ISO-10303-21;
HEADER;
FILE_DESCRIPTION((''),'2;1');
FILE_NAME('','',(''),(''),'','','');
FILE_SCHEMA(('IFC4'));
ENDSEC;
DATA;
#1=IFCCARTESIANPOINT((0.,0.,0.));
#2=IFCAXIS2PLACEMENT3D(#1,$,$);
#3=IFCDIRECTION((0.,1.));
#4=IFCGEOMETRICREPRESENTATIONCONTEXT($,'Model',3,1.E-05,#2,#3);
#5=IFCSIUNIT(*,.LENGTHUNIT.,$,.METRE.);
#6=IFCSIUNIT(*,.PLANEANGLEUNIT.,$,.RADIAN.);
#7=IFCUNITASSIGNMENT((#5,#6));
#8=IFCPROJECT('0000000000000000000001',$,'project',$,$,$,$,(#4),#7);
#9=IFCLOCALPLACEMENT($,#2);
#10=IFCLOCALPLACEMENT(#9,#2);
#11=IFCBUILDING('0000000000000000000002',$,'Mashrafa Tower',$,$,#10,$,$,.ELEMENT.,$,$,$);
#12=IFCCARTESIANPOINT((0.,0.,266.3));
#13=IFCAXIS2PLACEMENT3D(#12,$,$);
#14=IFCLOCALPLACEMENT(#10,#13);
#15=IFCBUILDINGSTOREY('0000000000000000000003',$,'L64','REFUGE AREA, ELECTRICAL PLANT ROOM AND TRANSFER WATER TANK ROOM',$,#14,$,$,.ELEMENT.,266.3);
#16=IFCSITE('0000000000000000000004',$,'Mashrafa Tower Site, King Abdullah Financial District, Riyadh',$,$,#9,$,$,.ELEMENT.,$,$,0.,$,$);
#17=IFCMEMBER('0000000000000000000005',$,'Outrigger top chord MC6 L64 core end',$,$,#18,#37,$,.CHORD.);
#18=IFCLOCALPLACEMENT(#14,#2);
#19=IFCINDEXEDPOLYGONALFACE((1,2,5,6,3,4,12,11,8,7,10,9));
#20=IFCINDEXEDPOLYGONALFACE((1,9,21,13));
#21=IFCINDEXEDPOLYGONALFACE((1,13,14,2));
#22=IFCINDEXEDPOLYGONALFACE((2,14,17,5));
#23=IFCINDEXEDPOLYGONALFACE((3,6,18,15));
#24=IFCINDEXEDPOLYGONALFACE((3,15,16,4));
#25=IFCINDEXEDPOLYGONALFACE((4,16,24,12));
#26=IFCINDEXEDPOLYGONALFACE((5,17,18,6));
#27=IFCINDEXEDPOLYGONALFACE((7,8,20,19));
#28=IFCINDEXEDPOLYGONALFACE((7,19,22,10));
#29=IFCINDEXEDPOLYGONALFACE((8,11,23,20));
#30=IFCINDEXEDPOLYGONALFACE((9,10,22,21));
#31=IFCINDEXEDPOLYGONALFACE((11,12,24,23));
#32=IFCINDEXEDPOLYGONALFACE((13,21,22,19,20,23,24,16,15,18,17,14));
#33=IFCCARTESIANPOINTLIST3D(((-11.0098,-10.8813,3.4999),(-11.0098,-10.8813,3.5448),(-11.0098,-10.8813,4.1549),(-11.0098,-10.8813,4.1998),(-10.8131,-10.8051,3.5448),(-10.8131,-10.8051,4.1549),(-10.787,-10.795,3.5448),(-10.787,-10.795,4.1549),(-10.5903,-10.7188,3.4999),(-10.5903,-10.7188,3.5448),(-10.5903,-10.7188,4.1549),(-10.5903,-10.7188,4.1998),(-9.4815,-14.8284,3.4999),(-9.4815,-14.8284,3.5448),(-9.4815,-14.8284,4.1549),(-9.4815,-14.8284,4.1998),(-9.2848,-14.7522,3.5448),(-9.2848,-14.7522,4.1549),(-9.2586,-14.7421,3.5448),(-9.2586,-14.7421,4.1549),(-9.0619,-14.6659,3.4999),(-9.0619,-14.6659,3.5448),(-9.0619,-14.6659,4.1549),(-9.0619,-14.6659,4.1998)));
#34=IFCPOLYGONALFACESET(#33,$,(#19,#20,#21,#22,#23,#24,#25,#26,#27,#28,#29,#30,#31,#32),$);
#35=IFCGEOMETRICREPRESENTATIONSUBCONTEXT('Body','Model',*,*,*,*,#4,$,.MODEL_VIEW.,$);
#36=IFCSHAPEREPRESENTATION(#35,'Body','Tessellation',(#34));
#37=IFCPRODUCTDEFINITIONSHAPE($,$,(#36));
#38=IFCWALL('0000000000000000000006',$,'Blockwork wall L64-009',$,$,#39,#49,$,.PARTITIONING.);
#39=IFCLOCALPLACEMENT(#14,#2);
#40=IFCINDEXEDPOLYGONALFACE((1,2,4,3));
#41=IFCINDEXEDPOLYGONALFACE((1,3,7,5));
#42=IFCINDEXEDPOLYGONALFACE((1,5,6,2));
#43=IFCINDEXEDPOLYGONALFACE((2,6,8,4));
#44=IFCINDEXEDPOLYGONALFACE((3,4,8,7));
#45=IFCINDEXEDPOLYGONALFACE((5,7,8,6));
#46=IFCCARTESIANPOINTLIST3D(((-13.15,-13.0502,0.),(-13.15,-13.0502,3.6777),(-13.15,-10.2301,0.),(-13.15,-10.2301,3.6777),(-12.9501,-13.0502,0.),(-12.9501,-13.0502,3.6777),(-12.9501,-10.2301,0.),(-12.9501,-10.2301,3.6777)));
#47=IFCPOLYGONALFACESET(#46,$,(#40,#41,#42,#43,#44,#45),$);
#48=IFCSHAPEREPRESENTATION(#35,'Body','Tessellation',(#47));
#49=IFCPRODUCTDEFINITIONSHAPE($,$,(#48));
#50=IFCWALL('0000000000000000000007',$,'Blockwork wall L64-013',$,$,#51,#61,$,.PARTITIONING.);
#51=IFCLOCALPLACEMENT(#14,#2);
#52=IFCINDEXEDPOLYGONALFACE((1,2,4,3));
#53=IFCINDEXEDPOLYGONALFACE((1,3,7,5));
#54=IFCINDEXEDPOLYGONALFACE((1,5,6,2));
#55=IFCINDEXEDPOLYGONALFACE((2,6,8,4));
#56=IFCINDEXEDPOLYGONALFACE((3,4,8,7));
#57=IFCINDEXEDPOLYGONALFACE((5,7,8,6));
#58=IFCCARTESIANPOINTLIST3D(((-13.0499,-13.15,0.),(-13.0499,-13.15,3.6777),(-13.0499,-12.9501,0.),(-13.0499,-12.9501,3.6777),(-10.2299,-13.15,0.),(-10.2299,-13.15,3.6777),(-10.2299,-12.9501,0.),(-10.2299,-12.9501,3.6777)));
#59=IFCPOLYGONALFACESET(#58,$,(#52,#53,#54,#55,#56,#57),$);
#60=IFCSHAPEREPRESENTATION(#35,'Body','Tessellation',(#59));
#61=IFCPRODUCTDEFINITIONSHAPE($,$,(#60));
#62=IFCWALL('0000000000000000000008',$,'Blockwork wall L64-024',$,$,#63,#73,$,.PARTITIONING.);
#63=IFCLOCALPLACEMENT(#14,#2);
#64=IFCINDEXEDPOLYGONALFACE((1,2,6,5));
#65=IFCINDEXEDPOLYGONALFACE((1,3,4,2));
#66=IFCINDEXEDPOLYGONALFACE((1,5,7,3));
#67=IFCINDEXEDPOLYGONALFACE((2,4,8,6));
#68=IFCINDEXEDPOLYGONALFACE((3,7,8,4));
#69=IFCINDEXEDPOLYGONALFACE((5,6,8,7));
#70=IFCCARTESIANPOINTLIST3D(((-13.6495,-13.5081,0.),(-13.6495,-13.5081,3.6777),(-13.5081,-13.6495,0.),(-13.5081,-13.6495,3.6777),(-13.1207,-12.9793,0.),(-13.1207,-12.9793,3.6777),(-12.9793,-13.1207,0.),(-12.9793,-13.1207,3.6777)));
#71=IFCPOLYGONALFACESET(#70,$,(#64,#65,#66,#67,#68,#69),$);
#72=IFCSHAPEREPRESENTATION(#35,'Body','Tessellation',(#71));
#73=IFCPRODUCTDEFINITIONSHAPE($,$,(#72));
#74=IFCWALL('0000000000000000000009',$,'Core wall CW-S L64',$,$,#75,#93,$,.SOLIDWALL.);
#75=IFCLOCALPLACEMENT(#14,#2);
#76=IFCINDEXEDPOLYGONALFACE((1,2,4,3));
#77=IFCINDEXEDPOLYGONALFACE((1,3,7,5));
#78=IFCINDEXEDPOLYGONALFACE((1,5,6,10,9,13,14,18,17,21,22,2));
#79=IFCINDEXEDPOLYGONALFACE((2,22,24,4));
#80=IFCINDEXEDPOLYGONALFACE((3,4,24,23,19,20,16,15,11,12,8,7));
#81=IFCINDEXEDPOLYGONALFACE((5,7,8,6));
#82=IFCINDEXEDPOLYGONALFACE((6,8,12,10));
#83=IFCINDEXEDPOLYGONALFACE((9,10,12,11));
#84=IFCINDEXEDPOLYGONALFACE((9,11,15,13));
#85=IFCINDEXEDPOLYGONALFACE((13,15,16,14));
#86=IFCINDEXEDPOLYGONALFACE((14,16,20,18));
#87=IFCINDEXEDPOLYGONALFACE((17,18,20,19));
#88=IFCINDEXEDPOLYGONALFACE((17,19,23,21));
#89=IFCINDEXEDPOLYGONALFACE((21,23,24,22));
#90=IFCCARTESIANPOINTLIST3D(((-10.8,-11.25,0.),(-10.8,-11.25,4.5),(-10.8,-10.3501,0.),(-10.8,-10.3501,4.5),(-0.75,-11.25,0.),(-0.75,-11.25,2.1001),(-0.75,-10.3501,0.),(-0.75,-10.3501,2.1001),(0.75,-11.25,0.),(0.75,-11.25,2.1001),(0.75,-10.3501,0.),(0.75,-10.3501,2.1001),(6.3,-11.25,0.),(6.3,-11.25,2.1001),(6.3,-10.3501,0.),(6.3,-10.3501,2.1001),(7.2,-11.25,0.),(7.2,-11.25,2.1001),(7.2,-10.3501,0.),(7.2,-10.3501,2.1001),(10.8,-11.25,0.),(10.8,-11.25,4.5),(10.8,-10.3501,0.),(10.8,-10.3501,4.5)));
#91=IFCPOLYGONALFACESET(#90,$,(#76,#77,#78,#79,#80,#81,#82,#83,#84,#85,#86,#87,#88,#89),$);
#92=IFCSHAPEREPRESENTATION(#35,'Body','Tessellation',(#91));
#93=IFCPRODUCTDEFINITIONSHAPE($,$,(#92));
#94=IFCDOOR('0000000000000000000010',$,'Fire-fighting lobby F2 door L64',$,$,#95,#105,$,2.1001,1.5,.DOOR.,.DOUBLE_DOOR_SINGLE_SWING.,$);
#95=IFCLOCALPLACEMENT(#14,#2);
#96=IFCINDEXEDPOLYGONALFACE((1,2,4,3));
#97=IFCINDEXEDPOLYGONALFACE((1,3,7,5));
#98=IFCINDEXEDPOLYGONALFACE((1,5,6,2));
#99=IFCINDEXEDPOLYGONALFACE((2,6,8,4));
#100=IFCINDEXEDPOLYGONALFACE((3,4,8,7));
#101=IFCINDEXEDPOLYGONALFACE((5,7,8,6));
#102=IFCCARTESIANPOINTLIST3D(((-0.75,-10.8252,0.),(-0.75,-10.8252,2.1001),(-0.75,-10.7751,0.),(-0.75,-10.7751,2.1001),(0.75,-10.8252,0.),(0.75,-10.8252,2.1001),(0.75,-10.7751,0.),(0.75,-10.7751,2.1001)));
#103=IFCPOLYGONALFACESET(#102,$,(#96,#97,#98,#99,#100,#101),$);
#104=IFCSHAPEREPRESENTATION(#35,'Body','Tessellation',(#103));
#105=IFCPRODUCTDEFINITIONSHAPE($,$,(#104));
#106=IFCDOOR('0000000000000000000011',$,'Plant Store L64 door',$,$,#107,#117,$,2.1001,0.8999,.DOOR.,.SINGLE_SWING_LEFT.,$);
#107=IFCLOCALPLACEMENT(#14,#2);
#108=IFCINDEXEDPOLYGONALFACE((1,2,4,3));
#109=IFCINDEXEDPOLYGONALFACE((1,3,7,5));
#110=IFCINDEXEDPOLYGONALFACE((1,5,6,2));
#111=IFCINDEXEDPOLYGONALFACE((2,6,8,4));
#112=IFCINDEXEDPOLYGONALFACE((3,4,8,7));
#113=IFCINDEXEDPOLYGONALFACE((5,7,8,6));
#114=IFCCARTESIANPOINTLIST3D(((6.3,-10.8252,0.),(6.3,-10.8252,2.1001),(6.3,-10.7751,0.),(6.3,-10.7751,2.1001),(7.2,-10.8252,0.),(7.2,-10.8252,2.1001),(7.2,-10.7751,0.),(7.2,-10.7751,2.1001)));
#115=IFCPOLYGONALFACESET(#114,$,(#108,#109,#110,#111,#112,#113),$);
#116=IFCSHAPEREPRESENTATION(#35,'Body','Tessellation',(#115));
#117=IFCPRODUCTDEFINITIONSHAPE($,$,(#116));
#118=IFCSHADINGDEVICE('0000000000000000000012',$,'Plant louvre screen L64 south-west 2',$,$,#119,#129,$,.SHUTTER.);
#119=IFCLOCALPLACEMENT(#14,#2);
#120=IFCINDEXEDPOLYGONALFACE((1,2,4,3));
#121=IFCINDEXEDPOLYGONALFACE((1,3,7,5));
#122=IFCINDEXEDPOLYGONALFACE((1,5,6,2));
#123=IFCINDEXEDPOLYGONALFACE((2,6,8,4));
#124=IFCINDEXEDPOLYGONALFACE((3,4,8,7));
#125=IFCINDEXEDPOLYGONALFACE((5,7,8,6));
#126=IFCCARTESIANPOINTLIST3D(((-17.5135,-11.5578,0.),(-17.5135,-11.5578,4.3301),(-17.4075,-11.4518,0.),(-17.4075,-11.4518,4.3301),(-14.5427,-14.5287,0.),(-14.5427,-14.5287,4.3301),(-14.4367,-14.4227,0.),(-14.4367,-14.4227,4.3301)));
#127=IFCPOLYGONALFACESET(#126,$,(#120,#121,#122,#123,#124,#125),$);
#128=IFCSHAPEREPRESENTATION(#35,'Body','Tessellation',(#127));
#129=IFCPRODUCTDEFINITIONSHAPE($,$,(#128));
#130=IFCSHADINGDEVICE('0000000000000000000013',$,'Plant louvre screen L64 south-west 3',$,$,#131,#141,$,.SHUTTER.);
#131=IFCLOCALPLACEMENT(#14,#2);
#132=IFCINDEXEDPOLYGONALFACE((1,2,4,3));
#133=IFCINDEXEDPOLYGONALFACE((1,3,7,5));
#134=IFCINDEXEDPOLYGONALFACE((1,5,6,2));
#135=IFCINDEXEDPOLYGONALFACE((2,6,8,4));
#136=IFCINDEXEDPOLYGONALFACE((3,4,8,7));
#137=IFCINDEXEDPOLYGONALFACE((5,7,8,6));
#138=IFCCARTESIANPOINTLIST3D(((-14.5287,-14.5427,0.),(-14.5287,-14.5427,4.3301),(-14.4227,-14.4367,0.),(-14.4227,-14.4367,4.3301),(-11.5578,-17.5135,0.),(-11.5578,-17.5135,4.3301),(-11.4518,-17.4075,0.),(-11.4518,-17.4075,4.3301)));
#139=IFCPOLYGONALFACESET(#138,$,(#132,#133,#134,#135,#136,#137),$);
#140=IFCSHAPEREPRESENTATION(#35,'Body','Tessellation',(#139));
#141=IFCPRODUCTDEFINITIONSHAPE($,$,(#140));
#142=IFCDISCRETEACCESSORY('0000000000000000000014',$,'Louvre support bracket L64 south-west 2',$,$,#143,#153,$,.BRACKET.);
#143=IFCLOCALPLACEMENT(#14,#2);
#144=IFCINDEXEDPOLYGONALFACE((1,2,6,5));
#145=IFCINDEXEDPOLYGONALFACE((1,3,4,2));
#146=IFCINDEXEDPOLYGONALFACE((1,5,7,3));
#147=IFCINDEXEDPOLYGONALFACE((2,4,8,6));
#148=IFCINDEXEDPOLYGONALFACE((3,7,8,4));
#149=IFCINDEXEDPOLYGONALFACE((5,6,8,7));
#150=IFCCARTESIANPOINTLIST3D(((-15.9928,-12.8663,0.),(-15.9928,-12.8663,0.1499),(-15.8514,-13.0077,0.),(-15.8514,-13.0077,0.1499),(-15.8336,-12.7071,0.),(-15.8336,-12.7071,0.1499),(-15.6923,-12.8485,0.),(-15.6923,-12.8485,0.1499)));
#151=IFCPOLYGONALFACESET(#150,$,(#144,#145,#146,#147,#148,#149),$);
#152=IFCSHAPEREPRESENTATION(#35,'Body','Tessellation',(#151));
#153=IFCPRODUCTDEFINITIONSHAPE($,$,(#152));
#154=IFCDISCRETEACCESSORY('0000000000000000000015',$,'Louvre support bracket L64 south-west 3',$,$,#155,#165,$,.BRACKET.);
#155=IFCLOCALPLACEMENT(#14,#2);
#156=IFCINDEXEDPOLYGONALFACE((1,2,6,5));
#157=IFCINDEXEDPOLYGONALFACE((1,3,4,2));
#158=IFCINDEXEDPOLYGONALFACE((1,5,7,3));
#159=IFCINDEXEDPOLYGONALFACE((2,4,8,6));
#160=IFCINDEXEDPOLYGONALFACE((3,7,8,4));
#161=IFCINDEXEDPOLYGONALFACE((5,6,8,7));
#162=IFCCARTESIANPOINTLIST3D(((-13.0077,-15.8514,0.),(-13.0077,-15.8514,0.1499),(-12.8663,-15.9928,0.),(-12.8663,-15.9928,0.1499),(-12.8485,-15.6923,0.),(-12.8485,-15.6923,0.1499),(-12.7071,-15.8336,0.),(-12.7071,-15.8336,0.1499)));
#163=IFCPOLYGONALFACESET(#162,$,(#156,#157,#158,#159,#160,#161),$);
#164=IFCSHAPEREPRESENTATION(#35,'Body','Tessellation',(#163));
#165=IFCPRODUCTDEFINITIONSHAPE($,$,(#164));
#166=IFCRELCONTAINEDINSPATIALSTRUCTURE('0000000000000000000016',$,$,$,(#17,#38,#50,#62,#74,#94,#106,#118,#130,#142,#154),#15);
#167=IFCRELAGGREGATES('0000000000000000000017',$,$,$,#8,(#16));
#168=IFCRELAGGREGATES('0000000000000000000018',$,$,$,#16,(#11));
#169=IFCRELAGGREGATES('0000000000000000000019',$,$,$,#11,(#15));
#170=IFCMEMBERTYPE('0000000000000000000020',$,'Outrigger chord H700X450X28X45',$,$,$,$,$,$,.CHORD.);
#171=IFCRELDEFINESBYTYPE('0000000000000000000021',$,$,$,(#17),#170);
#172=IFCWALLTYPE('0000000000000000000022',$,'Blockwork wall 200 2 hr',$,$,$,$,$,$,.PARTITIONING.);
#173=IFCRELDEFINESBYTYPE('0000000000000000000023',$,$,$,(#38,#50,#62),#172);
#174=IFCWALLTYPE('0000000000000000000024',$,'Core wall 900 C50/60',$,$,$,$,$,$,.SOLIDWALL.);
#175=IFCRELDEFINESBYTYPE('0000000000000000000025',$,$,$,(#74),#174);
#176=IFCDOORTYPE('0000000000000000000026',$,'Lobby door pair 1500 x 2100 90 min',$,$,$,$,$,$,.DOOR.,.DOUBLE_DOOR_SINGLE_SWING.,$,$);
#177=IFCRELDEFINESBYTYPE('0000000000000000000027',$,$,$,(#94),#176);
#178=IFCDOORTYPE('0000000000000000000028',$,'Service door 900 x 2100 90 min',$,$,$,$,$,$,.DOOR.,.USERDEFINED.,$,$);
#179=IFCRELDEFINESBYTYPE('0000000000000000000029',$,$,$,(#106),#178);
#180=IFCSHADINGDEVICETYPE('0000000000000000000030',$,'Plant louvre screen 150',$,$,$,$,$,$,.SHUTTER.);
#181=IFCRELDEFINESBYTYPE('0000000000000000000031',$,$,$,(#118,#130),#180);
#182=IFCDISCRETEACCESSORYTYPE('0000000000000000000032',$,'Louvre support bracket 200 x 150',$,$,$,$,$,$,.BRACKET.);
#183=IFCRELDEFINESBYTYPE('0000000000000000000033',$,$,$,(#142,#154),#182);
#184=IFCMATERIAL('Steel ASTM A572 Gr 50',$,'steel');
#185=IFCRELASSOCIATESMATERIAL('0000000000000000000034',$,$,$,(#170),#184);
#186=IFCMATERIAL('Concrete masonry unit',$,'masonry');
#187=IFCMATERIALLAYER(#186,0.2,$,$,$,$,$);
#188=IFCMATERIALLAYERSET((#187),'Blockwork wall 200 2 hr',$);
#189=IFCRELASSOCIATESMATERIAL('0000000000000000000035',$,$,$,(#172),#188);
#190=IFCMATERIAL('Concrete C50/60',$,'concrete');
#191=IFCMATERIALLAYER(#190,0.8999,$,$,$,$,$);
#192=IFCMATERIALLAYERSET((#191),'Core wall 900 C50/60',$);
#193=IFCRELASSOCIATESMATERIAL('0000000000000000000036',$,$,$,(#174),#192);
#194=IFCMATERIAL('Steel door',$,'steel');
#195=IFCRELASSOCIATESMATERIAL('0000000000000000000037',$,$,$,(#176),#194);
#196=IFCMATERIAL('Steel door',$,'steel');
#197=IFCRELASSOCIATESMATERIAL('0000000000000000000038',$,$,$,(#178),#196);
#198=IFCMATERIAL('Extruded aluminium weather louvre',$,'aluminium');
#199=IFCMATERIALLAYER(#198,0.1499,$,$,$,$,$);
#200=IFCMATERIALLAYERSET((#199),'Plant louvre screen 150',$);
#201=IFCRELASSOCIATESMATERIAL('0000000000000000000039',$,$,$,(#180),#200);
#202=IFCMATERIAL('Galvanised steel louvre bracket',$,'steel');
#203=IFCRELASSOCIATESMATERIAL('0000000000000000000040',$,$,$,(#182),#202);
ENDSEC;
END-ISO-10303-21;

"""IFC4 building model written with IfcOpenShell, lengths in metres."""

from ifc_helpers import new_model, si_unit, direction, frame, frame_2d, origin, origin_2d, place, context, subcontext, project, spatial, rectangle, i_section, extrude, source, transform, mapped, material, layer, layer_set, material_profile, profile_set, type_object, type_shapes, element, fill, save


model = new_model("IFC4")

# Units and contexts
model_context = context("Model", 3, precision=1e-05, world=origin(), true_north=direction((0.0, 1.0)))
body_context = subcontext(model_context, "Body", "Model", "MODEL_VIEW")
ifc_project = project(units=[si_unit("LENGTHUNIT", "METRE"), si_unit("PLANEANGLEUNIT", "RADIAN")], contexts=[model_context])

# Site, building, storey
site_placement = place(None, origin())
site = spatial("IfcSite", under=ifc_project, at=site_placement, Name="Mashrafa Tower Site, King Abdullah Financial District, Riyadh", CompositionType="ELEMENT", RefElevation=0.0)
building_placement = place(site_placement, origin())
building = spatial("IfcBuilding", under=site, at=building_placement, Name="Mashrafa Tower", CompositionType="ELEMENT")
storey_placement = place(building_placement, frame((0.0, 0.0, 266.3)))
storey = spatial("IfcBuildingStorey", under=building, at=storey_placement, Name="L64", Description="REFUGE AREA, ELECTRICAL PLANT ROOM AND TRANSFER WATER TANK ROOM", CompositionType="ELEMENT", Elevation=266.3)

# Member
ifc_material_1 = material(Name="Steel ASTM A572 Gr 50", Category="steel")
ifc_material_profile_1 = material_profile(ifc_material_1, i_section(OverallWidth=0.45, OverallDepth=0.7, WebThickness=0.0281, FlangeThickness=0.0449, at=origin_2d()), Name="H700X450X28X45")
ifc_profile_set_1 = profile_set([ifc_material_profile_1], Name="Steel ASTM A572 Gr 50")
member_type_1 = type_object("IfcMemberType", Name="Outrigger chord H700X450X28X45", PredefinedType="CHORD", material=ifc_profile_set_1)
shared_shape_1 = source(origin(), body_context, "Body", "SweptSolid", [
    extrude(i_section(OverallWidth=0.45, OverallDepth=0.7, WebThickness=0.0281, FlangeThickness=0.0449, at=origin_2d()), origin(), (0.0, 0.0, 1.0), 4.2327),
])
for number, where, z_axis, x_axis, name in (
    (1, (-10.8, -10.8, 3.8499), (0.361085, -0.932533, 0.0), (0.932533, 0.361085, 0.0), "Outrigger top chord MC6 L64 core end"),
):
    element("IfcMember", number, at=place(storey_placement, frame(where, z_axis=z_axis, x_axis=x_axis)), inside=storey, type_object=member_type_1, Name=name, PredefinedType="CHORD", context=body_context, shape_type="MappedRepresentation", body=[
        mapped(shared_shape_1, transform((0.0, 0.0, 0.0))),
    ])

# Walls
ifc_material_2 = material(Name="Concrete masonry unit", Category="masonry")
ifc_layer_1 = layer(ifc_material_2, 0.2)
ifc_layer_set_1 = layer_set([ifc_layer_1], Name="Blockwork wall 200 2 hr")
wall_type_1 = type_object("IfcWallType", Name="Blockwork wall 200 2 hr", PredefinedType="PARTITIONING", material=ifc_layer_set_1)
for number, where, z_axis, x_axis, name in (
    (2, (-13.05, -10.23, 0.0), (0.0, 0.0, 1.0), (0.0, -1.0, 0.0), "Blockwork wall L64-009"),
    (3, (-13.05, -13.05, 0.0), (0.0, 0.0, 1.0), (1.0, 0.0, 0.0), "Blockwork wall L64-013"),
):
    element("IfcWall", number, at=place(storey_placement, frame(where, z_axis=z_axis, x_axis=x_axis)), inside=storey, type_object=wall_type_1, Name=name, PredefinedType="PARTITIONING", context=body_context, shape_type="SweptSolid", body=[
        extrude(rectangle(XDim=2.8201, YDim=0.2, at=frame_2d((1.4102, 0.0))), origin(), (0.0, 0.0, 1.0), 3.6777),
    ])
wall_1_placement = place(storey_placement, frame((-13.5789, -13.5789, 0.0), z_axis=(0.0, 0.0, 1.0), x_axis=(0.707107, 0.707107, 0.0)))
element("IfcWall", 4, at=wall_1_placement, inside=storey, type_object=wall_type_1, Name="Blockwork wall L64-024", PredefinedType="PARTITIONING", context=body_context, shape_type="SweptSolid", body=[
    extrude(rectangle(XDim=0.7478, YDim=0.2, at=frame_2d((0.374, 0.0))), origin(), (0.0, 0.0, 1.0), 3.6777),
])

# Wall, openings, doors
ifc_material_3 = material(Name="Concrete C50/60", Category="concrete")
ifc_layer_2 = layer(ifc_material_3, 0.8999)
ifc_layer_set_2 = layer_set([ifc_layer_2], Name="Core wall 900 C50/60")
wall_type_2 = type_object("IfcWallType", Name="Core wall 900 C50/60", PredefinedType="SOLIDWALL", material=ifc_layer_set_2)
wall_2_placement = place(storey_placement, frame((-10.8, -10.8, 0.0), z_axis=(0.0, 0.0, 1.0), x_axis=(1.0, 0.0, 0.0)))
wall_2 = element("IfcWall", 5, at=wall_2_placement, inside=storey, type_object=wall_type_2, Name="Core wall CW-S L64", PredefinedType="SOLIDWALL", context=body_context, shape_type="SweptSolid", body=[
    extrude(rectangle(XDim=21.6001, YDim=0.8999, at=frame_2d((10.8, 0.0))), origin(), (0.0, 0.0, 1.0), 4.5),
])
opening_1_placement = place(wall_2_placement, frame((10.05, 0.0, 0.0)))
opening_1 = element("IfcOpeningElement", 6, at=opening_1_placement, cuts=wall_2, PredefinedType="OPENING", context=body_context, shape_type="SweptSolid", body=[
    extrude(rectangle(XDim=1.5, YDim=2.1001, at=frame_2d((0.75, 1.05))), frame((0.0, 0.46, 0.0), z_axis=(0.0, -1.0, 0.0), x_axis=(1.0, 0.0, 0.0)), (0.0, 0.0, 1.0), 0.9199),
])
opening_2_placement = place(wall_2_placement, frame((17.1001, 0.0, 0.0)))
opening_2 = element("IfcOpeningElement", 7, at=opening_2_placement, cuts=wall_2, PredefinedType="OPENING", context=body_context, shape_type="SweptSolid", body=[
    extrude(rectangle(XDim=0.8999, YDim=2.1001, at=frame_2d((0.45, 1.05))), frame((0.0, 0.46, 0.0), z_axis=(0.0, -1.0, 0.0), x_axis=(1.0, 0.0, 0.0)), (0.0, 0.0, 1.0), 0.9199),
])
ifc_material_4 = material(Name="Steel door", Category="steel")
door_type_1 = type_object("IfcDoorType", Name="Lobby door pair 1500 x 2100 90 min", OperationType="DOUBLE_DOOR_SINGLE_SWING", PredefinedType="DOOR", material=ifc_material_4)
door_1_placement = place(opening_1_placement, origin())
door_1 = element("IfcDoor", 8, at=door_1_placement, inside=storey, type_object=door_type_1, Name="Fire-fighting lobby F2 door L64", OperationType="DOUBLE_DOOR_SINGLE_SWING", OverallHeight=2.1001, OverallWidth=1.5, PredefinedType="DOOR", context=body_context, shape_type="SweptSolid", body=[
    extrude(rectangle(XDim=1.5, YDim=2.1001, at=frame_2d((0.75, 1.05))), frame((0.0, 0.0249, 0.0), z_axis=(0.0, -1.0, 0.0), x_axis=(1.0, 0.0, 0.0)), (0.0, 0.0, 1.0), 0.05),
])
fill(opening_1, door_1)
ifc_material_5 = material(Name="Steel door", Category="steel")
door_type_2 = type_object("IfcDoorType", Name="Service door 900 x 2100 90 min", OperationType="USERDEFINED", PredefinedType="DOOR", material=ifc_material_5)
door_2_placement = place(opening_2_placement, origin())
door_2 = element("IfcDoor", 9, at=door_2_placement, inside=storey, type_object=door_type_2, Name="Plant Store L64 door", OperationType="SINGLE_SWING_LEFT", OverallHeight=2.1001, OverallWidth=0.8999, PredefinedType="DOOR", context=body_context, shape_type="SweptSolid", body=[
    extrude(rectangle(XDim=0.8999, YDim=2.1001, at=frame_2d((0.45, 1.05))), frame((0.0, 0.0249, 0.0), z_axis=(0.0, -1.0, 0.0), x_axis=(1.0, 0.0, 0.0)), (0.0, 0.0, 1.0), 0.05),
])
fill(opening_2, door_2)

# Shading devices
ifc_material_6 = material(Name="Extruded aluminium weather louvre", Category="aluminium")
ifc_layer_3 = layer(ifc_material_6, 0.1499)
ifc_layer_set_3 = layer_set([ifc_layer_3], Name="Plant louvre screen 150")
shading_device_type = type_object("IfcShadingDeviceType", Name="Plant louvre screen 150", PredefinedType="SHUTTER", material=ifc_layer_set_3)
shared_shape_2 = source(origin(), body_context, "Body", "SweptSolid", [
    extrude(rectangle(XDim=4.2014, YDim=0.1499, at=origin_2d()), origin(), (0.0, 0.0, 1.0), 4.3301),
])
type_shapes(shading_device_type, [shared_shape_2])
for number, where, z_axis, x_axis, name in (
    (10, (-15.9751, -12.9902, 0.0), (0.0, 0.0, 1.0), (0.707107, -0.707107, 0.0), "Plant louvre screen L64 south-west 2"),
    (11, (-12.9902, -15.9751, 0.0), (0.0, 0.0, 1.0), (0.707107, -0.707107, 0.0), "Plant louvre screen L64 south-west 3"),
):
    element("IfcShadingDevice", number, at=place(storey_placement, frame(where, z_axis=z_axis, x_axis=x_axis)), inside=storey, type_object=shading_device_type, Name=name, PredefinedType="SHUTTER", context=body_context, shape_type="MappedRepresentation", body=[
        mapped(shared_shape_2, transform((0.0, 0.0, 0.0))),
    ])

# Discrete accessories
ifc_material_7 = material(Name="Galvanised steel louvre bracket", Category="steel")
discrete_accessory_type = type_object("IfcDiscreteAccessoryType", Name="Louvre support bracket 200 x 150", PredefinedType="BRACKET", material=ifc_material_7)
shared_shape_3 = source(origin(), body_context, "Body", "SweptSolid", [
    extrude(rectangle(XDim=0.2, YDim=0.2251, at=origin_2d()), origin(), (0.0, 0.0, 1.0), 0.1499),
])
type_shapes(discrete_accessory_type, [shared_shape_3])
for number, where, z_axis, x_axis, name in (
    (12, (-15.8425, -12.8574, 0.0), (0.0, 0.0, 1.0), (0.707107, -0.707107, 0.0), "Louvre support bracket L64 south-west 2"),
    (13, (-12.8574, -15.8425, 0.0), (0.0, 0.0, 1.0), (0.707107, -0.707107, 0.0), "Louvre support bracket L64 south-west 3"),
):
    element("IfcDiscreteAccessory", number, at=place(storey_placement, frame(where, z_axis=z_axis, x_axis=x_axis)), inside=storey, type_object=discrete_accessory_type, Name=name, PredefinedType="BRACKET", context=body_context, shape_type="MappedRepresentation", body=[
        mapped(shared_shape_3, transform((0.0, 0.0, 0.0))),
    ])

save(model, "model.ifc")
